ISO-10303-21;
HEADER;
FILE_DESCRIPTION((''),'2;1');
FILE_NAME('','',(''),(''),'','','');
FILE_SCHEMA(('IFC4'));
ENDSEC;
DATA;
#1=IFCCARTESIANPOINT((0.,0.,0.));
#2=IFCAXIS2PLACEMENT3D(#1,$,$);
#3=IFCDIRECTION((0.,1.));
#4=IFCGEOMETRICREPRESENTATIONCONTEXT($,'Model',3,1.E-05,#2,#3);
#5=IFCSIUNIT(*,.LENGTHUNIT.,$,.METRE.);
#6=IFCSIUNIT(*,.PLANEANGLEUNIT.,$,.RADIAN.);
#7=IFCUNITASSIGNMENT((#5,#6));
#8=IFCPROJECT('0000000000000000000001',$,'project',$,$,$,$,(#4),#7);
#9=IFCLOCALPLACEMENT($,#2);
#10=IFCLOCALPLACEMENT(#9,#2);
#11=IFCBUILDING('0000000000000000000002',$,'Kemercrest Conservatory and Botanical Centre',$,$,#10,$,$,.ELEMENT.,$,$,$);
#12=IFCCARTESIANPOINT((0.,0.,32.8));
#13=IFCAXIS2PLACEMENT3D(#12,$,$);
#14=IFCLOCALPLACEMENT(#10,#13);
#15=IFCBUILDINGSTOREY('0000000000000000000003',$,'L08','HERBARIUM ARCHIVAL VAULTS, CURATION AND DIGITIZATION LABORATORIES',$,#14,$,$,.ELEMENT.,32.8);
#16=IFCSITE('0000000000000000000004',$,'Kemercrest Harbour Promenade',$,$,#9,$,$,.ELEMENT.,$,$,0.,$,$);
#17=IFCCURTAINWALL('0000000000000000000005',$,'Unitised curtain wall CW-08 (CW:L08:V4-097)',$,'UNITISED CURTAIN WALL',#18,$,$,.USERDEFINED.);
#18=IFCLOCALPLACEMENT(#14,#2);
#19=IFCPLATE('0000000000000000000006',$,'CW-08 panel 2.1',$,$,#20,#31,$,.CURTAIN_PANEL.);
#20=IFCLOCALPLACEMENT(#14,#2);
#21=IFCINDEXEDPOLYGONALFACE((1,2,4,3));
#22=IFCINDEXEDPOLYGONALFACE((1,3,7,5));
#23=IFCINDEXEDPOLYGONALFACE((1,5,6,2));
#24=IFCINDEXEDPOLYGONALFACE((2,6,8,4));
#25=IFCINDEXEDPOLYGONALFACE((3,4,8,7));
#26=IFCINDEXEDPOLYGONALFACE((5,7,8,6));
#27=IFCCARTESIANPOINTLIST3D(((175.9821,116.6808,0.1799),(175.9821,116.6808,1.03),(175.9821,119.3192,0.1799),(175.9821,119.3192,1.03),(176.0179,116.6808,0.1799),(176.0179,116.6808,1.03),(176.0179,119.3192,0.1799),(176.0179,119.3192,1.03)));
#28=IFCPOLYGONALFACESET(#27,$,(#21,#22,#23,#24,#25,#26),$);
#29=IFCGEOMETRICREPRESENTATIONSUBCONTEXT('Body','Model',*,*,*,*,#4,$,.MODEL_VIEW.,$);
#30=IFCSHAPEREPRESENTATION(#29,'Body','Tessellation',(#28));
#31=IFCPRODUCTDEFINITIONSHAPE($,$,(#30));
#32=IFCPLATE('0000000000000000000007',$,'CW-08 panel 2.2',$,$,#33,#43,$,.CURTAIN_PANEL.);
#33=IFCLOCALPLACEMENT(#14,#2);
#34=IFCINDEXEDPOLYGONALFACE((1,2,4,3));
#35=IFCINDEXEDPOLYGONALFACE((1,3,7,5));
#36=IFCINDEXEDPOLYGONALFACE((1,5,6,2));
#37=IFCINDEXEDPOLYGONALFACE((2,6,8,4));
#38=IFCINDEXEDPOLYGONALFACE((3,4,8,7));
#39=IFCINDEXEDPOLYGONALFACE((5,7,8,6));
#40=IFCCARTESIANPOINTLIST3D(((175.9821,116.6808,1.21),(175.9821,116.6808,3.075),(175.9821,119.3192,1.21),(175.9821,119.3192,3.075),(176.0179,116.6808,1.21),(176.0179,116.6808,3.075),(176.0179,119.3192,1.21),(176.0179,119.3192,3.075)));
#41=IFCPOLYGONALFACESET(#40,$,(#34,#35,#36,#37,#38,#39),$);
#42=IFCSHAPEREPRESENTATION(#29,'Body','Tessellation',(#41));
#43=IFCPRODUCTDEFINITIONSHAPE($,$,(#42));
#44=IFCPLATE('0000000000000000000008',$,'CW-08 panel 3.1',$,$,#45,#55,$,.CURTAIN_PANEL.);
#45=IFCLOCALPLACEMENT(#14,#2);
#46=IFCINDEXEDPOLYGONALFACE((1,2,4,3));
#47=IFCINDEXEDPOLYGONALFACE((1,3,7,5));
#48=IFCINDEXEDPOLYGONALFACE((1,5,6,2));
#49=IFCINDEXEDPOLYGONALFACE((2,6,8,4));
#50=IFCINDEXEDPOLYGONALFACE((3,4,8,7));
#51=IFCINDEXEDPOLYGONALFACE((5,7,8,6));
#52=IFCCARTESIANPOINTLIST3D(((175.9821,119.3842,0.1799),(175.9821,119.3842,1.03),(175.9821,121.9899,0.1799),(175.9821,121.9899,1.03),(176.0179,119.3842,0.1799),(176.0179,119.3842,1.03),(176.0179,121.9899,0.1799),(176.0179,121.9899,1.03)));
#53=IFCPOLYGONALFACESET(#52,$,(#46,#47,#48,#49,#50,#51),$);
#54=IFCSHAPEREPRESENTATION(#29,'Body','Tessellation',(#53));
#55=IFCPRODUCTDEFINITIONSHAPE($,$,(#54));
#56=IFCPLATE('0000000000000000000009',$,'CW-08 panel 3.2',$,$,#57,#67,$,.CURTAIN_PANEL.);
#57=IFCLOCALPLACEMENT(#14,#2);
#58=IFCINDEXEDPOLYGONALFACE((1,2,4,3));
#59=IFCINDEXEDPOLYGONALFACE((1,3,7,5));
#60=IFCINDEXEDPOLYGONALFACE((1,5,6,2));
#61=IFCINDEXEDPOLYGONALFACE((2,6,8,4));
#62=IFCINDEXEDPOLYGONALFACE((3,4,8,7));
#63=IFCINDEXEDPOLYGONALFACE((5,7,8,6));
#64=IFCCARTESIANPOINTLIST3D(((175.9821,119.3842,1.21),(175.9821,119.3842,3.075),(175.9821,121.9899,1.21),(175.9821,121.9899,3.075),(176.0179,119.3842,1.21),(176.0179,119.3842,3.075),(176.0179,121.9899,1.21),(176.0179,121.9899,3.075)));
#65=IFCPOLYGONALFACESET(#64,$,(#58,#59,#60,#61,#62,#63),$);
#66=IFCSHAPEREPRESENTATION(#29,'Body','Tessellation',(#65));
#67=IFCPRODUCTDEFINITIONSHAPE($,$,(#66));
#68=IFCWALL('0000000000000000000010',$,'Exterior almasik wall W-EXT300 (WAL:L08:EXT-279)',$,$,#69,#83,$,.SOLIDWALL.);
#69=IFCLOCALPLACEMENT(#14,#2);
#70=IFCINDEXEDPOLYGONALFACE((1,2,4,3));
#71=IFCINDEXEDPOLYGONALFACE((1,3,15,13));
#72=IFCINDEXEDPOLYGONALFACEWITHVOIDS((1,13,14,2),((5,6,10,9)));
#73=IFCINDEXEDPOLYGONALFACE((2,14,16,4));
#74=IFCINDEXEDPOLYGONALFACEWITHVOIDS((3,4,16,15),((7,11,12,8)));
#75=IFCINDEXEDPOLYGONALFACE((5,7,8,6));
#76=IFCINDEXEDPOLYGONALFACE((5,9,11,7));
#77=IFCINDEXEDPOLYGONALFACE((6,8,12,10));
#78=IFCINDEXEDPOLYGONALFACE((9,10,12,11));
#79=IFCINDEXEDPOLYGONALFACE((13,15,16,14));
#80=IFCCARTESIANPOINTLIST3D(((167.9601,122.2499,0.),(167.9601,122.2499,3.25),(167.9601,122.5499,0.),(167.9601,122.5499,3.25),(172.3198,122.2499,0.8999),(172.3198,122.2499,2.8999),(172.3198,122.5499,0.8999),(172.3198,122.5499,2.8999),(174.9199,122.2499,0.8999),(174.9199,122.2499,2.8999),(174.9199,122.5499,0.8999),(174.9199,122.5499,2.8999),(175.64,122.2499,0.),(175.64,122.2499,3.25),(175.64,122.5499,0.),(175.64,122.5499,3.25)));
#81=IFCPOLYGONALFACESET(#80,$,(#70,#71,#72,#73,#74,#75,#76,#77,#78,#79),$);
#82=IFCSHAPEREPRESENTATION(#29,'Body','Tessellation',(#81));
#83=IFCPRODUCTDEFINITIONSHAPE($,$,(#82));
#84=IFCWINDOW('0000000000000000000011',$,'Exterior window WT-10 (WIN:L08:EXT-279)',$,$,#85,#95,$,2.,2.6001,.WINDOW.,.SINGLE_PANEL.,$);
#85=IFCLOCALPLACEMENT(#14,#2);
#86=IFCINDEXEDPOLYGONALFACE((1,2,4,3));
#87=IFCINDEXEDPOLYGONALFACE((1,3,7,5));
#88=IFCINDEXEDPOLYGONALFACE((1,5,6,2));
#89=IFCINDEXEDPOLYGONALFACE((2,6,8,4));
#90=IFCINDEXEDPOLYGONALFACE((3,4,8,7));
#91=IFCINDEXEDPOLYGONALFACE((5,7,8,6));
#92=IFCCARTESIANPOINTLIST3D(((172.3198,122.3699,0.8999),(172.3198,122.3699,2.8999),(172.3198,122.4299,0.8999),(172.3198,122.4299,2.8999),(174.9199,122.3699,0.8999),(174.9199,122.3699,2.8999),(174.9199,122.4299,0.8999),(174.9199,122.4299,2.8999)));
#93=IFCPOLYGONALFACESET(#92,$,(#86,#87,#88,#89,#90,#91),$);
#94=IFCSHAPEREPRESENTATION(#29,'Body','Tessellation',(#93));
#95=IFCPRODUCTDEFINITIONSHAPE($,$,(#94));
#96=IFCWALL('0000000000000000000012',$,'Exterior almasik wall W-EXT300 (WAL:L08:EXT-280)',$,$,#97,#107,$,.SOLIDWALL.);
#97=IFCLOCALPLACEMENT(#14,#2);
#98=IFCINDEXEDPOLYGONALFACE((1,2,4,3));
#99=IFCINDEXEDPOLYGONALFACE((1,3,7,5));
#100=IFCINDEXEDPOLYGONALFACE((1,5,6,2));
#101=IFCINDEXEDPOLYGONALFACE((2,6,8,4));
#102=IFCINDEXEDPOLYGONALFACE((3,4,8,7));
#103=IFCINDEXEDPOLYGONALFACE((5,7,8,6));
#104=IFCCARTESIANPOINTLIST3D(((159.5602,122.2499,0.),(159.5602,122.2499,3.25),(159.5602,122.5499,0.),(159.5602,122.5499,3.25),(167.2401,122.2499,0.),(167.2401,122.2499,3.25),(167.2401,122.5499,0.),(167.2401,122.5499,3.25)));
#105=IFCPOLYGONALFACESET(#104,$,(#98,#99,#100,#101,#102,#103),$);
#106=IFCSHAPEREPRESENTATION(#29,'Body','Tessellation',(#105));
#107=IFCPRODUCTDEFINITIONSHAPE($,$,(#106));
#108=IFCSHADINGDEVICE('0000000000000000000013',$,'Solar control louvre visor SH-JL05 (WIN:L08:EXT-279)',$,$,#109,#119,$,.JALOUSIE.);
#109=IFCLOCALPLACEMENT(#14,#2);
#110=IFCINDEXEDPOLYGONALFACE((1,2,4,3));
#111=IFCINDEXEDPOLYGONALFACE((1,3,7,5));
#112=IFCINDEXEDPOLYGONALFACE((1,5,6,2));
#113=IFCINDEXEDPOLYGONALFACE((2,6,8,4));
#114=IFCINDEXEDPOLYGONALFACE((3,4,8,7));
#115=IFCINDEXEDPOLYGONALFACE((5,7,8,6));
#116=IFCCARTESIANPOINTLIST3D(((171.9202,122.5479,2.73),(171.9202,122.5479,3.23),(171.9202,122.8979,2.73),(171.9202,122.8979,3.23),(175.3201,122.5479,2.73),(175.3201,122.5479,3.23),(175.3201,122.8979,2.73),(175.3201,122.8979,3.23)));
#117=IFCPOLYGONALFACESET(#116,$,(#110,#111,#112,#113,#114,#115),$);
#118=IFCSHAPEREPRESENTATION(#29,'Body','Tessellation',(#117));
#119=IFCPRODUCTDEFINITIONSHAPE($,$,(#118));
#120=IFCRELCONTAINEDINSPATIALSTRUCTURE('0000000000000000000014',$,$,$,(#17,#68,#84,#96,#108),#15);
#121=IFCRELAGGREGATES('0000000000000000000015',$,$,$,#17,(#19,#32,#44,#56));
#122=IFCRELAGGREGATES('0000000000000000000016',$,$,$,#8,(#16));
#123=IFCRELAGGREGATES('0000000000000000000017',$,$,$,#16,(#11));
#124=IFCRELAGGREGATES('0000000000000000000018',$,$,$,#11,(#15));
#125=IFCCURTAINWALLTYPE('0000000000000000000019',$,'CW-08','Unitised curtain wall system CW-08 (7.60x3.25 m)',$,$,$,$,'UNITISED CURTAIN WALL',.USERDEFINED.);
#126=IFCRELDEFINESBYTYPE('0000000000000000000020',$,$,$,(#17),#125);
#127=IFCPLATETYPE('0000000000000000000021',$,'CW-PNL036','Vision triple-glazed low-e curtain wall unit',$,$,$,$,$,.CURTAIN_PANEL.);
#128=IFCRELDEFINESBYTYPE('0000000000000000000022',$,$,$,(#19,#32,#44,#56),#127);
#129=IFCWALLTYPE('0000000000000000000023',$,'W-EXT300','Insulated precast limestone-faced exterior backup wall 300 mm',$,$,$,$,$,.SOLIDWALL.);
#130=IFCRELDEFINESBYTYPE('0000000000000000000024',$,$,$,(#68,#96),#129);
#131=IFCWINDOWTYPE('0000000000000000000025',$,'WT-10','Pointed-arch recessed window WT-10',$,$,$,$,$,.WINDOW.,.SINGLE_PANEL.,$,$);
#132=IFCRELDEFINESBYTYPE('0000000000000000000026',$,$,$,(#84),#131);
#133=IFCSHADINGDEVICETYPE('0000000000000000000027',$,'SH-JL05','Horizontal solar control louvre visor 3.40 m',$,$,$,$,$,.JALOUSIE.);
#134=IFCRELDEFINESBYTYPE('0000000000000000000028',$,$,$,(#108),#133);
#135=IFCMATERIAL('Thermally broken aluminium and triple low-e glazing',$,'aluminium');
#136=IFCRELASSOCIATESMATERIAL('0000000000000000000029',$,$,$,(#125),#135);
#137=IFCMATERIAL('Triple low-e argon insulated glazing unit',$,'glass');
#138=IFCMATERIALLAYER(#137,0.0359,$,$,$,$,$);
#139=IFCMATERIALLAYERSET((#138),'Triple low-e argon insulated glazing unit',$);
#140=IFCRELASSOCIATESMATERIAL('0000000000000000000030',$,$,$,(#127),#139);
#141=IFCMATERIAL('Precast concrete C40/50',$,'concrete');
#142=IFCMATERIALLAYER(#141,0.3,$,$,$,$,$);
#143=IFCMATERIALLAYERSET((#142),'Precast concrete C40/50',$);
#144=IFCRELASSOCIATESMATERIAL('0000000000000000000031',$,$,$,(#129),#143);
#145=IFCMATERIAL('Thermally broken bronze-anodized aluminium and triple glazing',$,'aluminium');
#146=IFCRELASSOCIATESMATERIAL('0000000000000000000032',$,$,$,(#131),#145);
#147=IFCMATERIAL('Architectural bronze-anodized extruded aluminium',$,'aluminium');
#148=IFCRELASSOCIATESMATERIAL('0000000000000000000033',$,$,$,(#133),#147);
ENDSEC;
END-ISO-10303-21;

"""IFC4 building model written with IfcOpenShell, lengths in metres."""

from ifc_helpers import new_model, si_unit, direction, frame, frame_2d, origin, origin_2d, place, context, subcontext, project, spatial, rectangle, extrude, material, layer, layer_set, type_object, element, fill, aggregate, save


model = new_model("IFC4")

# Units and contexts
model_context = context("Model", 3, precision=1e-05, world=origin(), true_north=direction((0.0, 1.0)))
body_context = subcontext(model_context, "Body", "Model", "MODEL_VIEW")
ifc_project = project(units=[si_unit("LENGTHUNIT", "METRE"), si_unit("PLANEANGLEUNIT", "RADIAN")], contexts=[model_context])

# Site, building, storey
site_placement = place(None, origin())
site = spatial("IfcSite", under=ifc_project, at=site_placement, Name="Kemercrest Harbour Promenade", CompositionType="ELEMENT", RefElevation=0.0)
building_placement = place(site_placement, origin())
building = spatial("IfcBuilding", under=site, at=building_placement, Name="Kemercrest Conservatory and Botanical Centre", CompositionType="ELEMENT")
storey_placement = place(building_placement, frame((0.0, 0.0, 32.8)))
storey = spatial("IfcBuildingStorey", under=building, at=storey_placement, Name="L08", Description="HERBARIUM ARCHIVAL VAULTS, CURATION AND DIGITIZATION LABORATORIES", CompositionType="ELEMENT", Elevation=32.8)

# Curtain wall
ifc_material_1 = material(Name="Thermally broken aluminium and triple low-e glazing", Category="aluminium")
curtain_wall_type = type_object("IfcCurtainWallType", Name="CW-08", Description="Unitised curtain wall system CW-08 (7.60x3.25 m)", ElementType="UNITISED CURTAIN WALL", PredefinedType="USERDEFINED", material=ifc_material_1)
curtain_wall_placement = place(storey_placement, origin())
curtain_wall = element("IfcCurtainWall", 1, at=curtain_wall_placement, inside=storey, type_object=curtain_wall_type, Name="Unitised curtain wall CW-08 (CW:L08:V4-097)", ObjectType="UNITISED CURTAIN WALL", PredefinedType="USERDEFINED")

# Plates
ifc_material_2 = material(Name="Triple low-e argon insulated glazing unit", Category="glass")
ifc_layer_1 = layer(ifc_material_2, 0.0359)
ifc_layer_set_1 = layer_set([ifc_layer_1], Name="Triple low-e argon insulated glazing unit")
plate_type = type_object("IfcPlateType", Name="CW-PNL036", Description="Vision triple-glazed low-e curtain wall unit", PredefinedType="CURTAIN_PANEL", material=ifc_layer_set_1)
plate_1_placement = place(storey_placement, frame((176.0, 118.0, 0.1799), z_axis=(0.0, 0.0, 1.0), x_axis=(0.0, 1.0, 0.0)))
plate_1 = element("IfcPlate", 2, at=plate_1_placement, type_object=plate_type, Name="CW-08 panel 2.1", PredefinedType="CURTAIN_PANEL", context=body_context, shape_type="SweptSolid", body=[
    extrude(rectangle(XDim=2.6384, YDim=0.0359, at=origin_2d()), origin(), (0.0, 0.0, 1.0), 0.8501),
])
plate_2_placement = place(storey_placement, frame((176.0, 118.0, 1.21), z_axis=(0.0, 0.0, 1.0), x_axis=(0.0, 1.0, 0.0)))
plate_2 = element("IfcPlate", 3, at=plate_2_placement, type_object=plate_type, Name="CW-08 panel 2.2", PredefinedType="CURTAIN_PANEL", context=body_context, shape_type="SweptSolid", body=[
    extrude(rectangle(XDim=2.6384, YDim=0.0359, at=origin_2d()), origin(), (0.0, 0.0, 1.0), 1.865),
])
plate_3_placement = place(storey_placement, frame((176.0, 120.687, 0.1799), z_axis=(0.0, 0.0, 1.0), x_axis=(0.0, 1.0, 0.0)))
plate_3 = element("IfcPlate", 4, at=plate_3_placement, type_object=plate_type, Name="CW-08 panel 3.1", PredefinedType="CURTAIN_PANEL", context=body_context, shape_type="SweptSolid", body=[
    extrude(rectangle(XDim=2.6057, YDim=0.0359, at=origin_2d()), origin(), (0.0, 0.0, 1.0), 0.8501),
])
plate_4_placement = place(storey_placement, frame((176.0, 120.687, 1.21), z_axis=(0.0, 0.0, 1.0), x_axis=(0.0, 1.0, 0.0)))
plate_4 = element("IfcPlate", 5, at=plate_4_placement, type_object=plate_type, Name="CW-08 panel 3.2", PredefinedType="CURTAIN_PANEL", context=body_context, shape_type="SweptSolid", body=[
    extrude(rectangle(XDim=2.6057, YDim=0.0359, at=origin_2d()), origin(), (0.0, 0.0, 1.0), 1.865),
])
aggregate(curtain_wall, [plate_1, plate_2, plate_3, plate_4])

# Wall, opening, window
ifc_material_3 = material(Name="Precast concrete C40/50", Category="concrete")
ifc_layer_2 = layer(ifc_material_3, 0.3)
ifc_layer_set_2 = layer_set([ifc_layer_2], Name="Precast concrete C40/50")
wall_type = type_object("IfcWallType", Name="W-EXT300", Description="Insulated precast limestone-faced exterior backup wall 300 mm", PredefinedType="SOLIDWALL", material=ifc_layer_set_2)
wall_1_placement = place(storey_placement, frame((175.6399, 122.3999, 0.0), z_axis=(0.0, 0.0, 1.0), x_axis=(-1.0, 0.0, 0.0)))
wall_1 = element("IfcWall", 6, at=wall_1_placement, inside=storey, type_object=wall_type, Name="Exterior almasik wall W-EXT300 (WAL:L08:EXT-279)", PredefinedType="SOLIDWALL", context=body_context, shape_type="SweptSolid", body=[
    extrude(rectangle(XDim=7.6799, YDim=0.3, at=frame_2d((3.8398, 0.0))), origin(), (0.0, 0.0, 1.0), 3.25),
])
opening_placement = place(wall_1_placement, frame((0.72, 0.0, 0.8999)))
opening = element("IfcOpeningElement", 7, at=opening_placement, cuts=wall_1, PredefinedType="OPENING", context=body_context, shape_type="SweptSolid", body=[
    extrude(rectangle(XDim=2.6001, YDim=2.0, at=frame_2d((1.3, 1.0))), frame((0.0, 0.1602, 0.0), z_axis=(0.0, -1.0, 0.0), x_axis=(1.0, 0.0, 0.0)), (0.0, 0.0, 1.0), 0.3201),
])
ifc_material_4 = material(Name="Thermally broken bronze-anodized aluminium and triple glazing", Category="aluminium")
window_type = type_object("IfcWindowType", Name="WT-10", Description="Pointed-arch recessed window WT-10", PartitioningType="SINGLE_PANEL", PredefinedType="WINDOW", material=ifc_material_4)
window_placement = place(opening_placement, origin())
window = element("IfcWindow", 8, at=window_placement, inside=storey, type_object=window_type, Name="Exterior window WT-10 (WIN:L08:EXT-279)", OverallHeight=2.0, OverallWidth=2.6001, PartitioningType="SINGLE_PANEL", PredefinedType="WINDOW", context=body_context, shape_type="SweptSolid", body=[
    extrude(rectangle(XDim=2.6001, YDim=2.0, at=frame_2d((1.3, 1.0))), frame((0.0, 0.03, 0.0), z_axis=(0.0, -1.0, 0.0), x_axis=(1.0, 0.0, 0.0)), (0.0, 0.0, 1.0), 0.0601),
])
fill(opening, window)

# Wall
wall_2_placement = place(storey_placement, frame((167.24, 122.3999, 0.0), z_axis=(0.0, 0.0, 1.0), x_axis=(-1.0, 0.0, 0.0)))
element("IfcWall", 9, at=wall_2_placement, inside=storey, type_object=wall_type, Name="Exterior almasik wall W-EXT300 (WAL:L08:EXT-280)", PredefinedType="SOLIDWALL", context=body_context, shape_type="SweptSolid", body=[
    extrude(rectangle(XDim=7.6799, YDim=0.3, at=frame_2d((3.8398, 0.0))), origin(), (0.0, 0.0, 1.0), 3.25),
])

# Shading device
ifc_material_5 = material(Name="Architectural bronze-anodized extruded aluminium", Category="aluminium")
shading_device_type = type_object("IfcShadingDeviceType", Name="SH-JL05", Description="Horizontal solar control louvre visor 3.40 m", PredefinedType="JALOUSIE", material=ifc_material_5)
shading_device_placement = place(storey_placement, frame((173.6201, 122.7229, 2.73), z_axis=(0.0, 0.0, 1.0), x_axis=(-1.0, 0.0, 0.0)))
element("IfcShadingDevice", 10, at=shading_device_placement, inside=storey, type_object=shading_device_type, Name="Solar control louvre visor SH-JL05 (WIN:L08:EXT-279)", PredefinedType="JALOUSIE", context=body_context, shape_type="SweptSolid", body=[
    extrude(rectangle(XDim=3.3999, YDim=0.3501, at=origin_2d()), origin(), (0.0, 0.0, 1.0), 0.5),
])

save(model, "model.ifc")
